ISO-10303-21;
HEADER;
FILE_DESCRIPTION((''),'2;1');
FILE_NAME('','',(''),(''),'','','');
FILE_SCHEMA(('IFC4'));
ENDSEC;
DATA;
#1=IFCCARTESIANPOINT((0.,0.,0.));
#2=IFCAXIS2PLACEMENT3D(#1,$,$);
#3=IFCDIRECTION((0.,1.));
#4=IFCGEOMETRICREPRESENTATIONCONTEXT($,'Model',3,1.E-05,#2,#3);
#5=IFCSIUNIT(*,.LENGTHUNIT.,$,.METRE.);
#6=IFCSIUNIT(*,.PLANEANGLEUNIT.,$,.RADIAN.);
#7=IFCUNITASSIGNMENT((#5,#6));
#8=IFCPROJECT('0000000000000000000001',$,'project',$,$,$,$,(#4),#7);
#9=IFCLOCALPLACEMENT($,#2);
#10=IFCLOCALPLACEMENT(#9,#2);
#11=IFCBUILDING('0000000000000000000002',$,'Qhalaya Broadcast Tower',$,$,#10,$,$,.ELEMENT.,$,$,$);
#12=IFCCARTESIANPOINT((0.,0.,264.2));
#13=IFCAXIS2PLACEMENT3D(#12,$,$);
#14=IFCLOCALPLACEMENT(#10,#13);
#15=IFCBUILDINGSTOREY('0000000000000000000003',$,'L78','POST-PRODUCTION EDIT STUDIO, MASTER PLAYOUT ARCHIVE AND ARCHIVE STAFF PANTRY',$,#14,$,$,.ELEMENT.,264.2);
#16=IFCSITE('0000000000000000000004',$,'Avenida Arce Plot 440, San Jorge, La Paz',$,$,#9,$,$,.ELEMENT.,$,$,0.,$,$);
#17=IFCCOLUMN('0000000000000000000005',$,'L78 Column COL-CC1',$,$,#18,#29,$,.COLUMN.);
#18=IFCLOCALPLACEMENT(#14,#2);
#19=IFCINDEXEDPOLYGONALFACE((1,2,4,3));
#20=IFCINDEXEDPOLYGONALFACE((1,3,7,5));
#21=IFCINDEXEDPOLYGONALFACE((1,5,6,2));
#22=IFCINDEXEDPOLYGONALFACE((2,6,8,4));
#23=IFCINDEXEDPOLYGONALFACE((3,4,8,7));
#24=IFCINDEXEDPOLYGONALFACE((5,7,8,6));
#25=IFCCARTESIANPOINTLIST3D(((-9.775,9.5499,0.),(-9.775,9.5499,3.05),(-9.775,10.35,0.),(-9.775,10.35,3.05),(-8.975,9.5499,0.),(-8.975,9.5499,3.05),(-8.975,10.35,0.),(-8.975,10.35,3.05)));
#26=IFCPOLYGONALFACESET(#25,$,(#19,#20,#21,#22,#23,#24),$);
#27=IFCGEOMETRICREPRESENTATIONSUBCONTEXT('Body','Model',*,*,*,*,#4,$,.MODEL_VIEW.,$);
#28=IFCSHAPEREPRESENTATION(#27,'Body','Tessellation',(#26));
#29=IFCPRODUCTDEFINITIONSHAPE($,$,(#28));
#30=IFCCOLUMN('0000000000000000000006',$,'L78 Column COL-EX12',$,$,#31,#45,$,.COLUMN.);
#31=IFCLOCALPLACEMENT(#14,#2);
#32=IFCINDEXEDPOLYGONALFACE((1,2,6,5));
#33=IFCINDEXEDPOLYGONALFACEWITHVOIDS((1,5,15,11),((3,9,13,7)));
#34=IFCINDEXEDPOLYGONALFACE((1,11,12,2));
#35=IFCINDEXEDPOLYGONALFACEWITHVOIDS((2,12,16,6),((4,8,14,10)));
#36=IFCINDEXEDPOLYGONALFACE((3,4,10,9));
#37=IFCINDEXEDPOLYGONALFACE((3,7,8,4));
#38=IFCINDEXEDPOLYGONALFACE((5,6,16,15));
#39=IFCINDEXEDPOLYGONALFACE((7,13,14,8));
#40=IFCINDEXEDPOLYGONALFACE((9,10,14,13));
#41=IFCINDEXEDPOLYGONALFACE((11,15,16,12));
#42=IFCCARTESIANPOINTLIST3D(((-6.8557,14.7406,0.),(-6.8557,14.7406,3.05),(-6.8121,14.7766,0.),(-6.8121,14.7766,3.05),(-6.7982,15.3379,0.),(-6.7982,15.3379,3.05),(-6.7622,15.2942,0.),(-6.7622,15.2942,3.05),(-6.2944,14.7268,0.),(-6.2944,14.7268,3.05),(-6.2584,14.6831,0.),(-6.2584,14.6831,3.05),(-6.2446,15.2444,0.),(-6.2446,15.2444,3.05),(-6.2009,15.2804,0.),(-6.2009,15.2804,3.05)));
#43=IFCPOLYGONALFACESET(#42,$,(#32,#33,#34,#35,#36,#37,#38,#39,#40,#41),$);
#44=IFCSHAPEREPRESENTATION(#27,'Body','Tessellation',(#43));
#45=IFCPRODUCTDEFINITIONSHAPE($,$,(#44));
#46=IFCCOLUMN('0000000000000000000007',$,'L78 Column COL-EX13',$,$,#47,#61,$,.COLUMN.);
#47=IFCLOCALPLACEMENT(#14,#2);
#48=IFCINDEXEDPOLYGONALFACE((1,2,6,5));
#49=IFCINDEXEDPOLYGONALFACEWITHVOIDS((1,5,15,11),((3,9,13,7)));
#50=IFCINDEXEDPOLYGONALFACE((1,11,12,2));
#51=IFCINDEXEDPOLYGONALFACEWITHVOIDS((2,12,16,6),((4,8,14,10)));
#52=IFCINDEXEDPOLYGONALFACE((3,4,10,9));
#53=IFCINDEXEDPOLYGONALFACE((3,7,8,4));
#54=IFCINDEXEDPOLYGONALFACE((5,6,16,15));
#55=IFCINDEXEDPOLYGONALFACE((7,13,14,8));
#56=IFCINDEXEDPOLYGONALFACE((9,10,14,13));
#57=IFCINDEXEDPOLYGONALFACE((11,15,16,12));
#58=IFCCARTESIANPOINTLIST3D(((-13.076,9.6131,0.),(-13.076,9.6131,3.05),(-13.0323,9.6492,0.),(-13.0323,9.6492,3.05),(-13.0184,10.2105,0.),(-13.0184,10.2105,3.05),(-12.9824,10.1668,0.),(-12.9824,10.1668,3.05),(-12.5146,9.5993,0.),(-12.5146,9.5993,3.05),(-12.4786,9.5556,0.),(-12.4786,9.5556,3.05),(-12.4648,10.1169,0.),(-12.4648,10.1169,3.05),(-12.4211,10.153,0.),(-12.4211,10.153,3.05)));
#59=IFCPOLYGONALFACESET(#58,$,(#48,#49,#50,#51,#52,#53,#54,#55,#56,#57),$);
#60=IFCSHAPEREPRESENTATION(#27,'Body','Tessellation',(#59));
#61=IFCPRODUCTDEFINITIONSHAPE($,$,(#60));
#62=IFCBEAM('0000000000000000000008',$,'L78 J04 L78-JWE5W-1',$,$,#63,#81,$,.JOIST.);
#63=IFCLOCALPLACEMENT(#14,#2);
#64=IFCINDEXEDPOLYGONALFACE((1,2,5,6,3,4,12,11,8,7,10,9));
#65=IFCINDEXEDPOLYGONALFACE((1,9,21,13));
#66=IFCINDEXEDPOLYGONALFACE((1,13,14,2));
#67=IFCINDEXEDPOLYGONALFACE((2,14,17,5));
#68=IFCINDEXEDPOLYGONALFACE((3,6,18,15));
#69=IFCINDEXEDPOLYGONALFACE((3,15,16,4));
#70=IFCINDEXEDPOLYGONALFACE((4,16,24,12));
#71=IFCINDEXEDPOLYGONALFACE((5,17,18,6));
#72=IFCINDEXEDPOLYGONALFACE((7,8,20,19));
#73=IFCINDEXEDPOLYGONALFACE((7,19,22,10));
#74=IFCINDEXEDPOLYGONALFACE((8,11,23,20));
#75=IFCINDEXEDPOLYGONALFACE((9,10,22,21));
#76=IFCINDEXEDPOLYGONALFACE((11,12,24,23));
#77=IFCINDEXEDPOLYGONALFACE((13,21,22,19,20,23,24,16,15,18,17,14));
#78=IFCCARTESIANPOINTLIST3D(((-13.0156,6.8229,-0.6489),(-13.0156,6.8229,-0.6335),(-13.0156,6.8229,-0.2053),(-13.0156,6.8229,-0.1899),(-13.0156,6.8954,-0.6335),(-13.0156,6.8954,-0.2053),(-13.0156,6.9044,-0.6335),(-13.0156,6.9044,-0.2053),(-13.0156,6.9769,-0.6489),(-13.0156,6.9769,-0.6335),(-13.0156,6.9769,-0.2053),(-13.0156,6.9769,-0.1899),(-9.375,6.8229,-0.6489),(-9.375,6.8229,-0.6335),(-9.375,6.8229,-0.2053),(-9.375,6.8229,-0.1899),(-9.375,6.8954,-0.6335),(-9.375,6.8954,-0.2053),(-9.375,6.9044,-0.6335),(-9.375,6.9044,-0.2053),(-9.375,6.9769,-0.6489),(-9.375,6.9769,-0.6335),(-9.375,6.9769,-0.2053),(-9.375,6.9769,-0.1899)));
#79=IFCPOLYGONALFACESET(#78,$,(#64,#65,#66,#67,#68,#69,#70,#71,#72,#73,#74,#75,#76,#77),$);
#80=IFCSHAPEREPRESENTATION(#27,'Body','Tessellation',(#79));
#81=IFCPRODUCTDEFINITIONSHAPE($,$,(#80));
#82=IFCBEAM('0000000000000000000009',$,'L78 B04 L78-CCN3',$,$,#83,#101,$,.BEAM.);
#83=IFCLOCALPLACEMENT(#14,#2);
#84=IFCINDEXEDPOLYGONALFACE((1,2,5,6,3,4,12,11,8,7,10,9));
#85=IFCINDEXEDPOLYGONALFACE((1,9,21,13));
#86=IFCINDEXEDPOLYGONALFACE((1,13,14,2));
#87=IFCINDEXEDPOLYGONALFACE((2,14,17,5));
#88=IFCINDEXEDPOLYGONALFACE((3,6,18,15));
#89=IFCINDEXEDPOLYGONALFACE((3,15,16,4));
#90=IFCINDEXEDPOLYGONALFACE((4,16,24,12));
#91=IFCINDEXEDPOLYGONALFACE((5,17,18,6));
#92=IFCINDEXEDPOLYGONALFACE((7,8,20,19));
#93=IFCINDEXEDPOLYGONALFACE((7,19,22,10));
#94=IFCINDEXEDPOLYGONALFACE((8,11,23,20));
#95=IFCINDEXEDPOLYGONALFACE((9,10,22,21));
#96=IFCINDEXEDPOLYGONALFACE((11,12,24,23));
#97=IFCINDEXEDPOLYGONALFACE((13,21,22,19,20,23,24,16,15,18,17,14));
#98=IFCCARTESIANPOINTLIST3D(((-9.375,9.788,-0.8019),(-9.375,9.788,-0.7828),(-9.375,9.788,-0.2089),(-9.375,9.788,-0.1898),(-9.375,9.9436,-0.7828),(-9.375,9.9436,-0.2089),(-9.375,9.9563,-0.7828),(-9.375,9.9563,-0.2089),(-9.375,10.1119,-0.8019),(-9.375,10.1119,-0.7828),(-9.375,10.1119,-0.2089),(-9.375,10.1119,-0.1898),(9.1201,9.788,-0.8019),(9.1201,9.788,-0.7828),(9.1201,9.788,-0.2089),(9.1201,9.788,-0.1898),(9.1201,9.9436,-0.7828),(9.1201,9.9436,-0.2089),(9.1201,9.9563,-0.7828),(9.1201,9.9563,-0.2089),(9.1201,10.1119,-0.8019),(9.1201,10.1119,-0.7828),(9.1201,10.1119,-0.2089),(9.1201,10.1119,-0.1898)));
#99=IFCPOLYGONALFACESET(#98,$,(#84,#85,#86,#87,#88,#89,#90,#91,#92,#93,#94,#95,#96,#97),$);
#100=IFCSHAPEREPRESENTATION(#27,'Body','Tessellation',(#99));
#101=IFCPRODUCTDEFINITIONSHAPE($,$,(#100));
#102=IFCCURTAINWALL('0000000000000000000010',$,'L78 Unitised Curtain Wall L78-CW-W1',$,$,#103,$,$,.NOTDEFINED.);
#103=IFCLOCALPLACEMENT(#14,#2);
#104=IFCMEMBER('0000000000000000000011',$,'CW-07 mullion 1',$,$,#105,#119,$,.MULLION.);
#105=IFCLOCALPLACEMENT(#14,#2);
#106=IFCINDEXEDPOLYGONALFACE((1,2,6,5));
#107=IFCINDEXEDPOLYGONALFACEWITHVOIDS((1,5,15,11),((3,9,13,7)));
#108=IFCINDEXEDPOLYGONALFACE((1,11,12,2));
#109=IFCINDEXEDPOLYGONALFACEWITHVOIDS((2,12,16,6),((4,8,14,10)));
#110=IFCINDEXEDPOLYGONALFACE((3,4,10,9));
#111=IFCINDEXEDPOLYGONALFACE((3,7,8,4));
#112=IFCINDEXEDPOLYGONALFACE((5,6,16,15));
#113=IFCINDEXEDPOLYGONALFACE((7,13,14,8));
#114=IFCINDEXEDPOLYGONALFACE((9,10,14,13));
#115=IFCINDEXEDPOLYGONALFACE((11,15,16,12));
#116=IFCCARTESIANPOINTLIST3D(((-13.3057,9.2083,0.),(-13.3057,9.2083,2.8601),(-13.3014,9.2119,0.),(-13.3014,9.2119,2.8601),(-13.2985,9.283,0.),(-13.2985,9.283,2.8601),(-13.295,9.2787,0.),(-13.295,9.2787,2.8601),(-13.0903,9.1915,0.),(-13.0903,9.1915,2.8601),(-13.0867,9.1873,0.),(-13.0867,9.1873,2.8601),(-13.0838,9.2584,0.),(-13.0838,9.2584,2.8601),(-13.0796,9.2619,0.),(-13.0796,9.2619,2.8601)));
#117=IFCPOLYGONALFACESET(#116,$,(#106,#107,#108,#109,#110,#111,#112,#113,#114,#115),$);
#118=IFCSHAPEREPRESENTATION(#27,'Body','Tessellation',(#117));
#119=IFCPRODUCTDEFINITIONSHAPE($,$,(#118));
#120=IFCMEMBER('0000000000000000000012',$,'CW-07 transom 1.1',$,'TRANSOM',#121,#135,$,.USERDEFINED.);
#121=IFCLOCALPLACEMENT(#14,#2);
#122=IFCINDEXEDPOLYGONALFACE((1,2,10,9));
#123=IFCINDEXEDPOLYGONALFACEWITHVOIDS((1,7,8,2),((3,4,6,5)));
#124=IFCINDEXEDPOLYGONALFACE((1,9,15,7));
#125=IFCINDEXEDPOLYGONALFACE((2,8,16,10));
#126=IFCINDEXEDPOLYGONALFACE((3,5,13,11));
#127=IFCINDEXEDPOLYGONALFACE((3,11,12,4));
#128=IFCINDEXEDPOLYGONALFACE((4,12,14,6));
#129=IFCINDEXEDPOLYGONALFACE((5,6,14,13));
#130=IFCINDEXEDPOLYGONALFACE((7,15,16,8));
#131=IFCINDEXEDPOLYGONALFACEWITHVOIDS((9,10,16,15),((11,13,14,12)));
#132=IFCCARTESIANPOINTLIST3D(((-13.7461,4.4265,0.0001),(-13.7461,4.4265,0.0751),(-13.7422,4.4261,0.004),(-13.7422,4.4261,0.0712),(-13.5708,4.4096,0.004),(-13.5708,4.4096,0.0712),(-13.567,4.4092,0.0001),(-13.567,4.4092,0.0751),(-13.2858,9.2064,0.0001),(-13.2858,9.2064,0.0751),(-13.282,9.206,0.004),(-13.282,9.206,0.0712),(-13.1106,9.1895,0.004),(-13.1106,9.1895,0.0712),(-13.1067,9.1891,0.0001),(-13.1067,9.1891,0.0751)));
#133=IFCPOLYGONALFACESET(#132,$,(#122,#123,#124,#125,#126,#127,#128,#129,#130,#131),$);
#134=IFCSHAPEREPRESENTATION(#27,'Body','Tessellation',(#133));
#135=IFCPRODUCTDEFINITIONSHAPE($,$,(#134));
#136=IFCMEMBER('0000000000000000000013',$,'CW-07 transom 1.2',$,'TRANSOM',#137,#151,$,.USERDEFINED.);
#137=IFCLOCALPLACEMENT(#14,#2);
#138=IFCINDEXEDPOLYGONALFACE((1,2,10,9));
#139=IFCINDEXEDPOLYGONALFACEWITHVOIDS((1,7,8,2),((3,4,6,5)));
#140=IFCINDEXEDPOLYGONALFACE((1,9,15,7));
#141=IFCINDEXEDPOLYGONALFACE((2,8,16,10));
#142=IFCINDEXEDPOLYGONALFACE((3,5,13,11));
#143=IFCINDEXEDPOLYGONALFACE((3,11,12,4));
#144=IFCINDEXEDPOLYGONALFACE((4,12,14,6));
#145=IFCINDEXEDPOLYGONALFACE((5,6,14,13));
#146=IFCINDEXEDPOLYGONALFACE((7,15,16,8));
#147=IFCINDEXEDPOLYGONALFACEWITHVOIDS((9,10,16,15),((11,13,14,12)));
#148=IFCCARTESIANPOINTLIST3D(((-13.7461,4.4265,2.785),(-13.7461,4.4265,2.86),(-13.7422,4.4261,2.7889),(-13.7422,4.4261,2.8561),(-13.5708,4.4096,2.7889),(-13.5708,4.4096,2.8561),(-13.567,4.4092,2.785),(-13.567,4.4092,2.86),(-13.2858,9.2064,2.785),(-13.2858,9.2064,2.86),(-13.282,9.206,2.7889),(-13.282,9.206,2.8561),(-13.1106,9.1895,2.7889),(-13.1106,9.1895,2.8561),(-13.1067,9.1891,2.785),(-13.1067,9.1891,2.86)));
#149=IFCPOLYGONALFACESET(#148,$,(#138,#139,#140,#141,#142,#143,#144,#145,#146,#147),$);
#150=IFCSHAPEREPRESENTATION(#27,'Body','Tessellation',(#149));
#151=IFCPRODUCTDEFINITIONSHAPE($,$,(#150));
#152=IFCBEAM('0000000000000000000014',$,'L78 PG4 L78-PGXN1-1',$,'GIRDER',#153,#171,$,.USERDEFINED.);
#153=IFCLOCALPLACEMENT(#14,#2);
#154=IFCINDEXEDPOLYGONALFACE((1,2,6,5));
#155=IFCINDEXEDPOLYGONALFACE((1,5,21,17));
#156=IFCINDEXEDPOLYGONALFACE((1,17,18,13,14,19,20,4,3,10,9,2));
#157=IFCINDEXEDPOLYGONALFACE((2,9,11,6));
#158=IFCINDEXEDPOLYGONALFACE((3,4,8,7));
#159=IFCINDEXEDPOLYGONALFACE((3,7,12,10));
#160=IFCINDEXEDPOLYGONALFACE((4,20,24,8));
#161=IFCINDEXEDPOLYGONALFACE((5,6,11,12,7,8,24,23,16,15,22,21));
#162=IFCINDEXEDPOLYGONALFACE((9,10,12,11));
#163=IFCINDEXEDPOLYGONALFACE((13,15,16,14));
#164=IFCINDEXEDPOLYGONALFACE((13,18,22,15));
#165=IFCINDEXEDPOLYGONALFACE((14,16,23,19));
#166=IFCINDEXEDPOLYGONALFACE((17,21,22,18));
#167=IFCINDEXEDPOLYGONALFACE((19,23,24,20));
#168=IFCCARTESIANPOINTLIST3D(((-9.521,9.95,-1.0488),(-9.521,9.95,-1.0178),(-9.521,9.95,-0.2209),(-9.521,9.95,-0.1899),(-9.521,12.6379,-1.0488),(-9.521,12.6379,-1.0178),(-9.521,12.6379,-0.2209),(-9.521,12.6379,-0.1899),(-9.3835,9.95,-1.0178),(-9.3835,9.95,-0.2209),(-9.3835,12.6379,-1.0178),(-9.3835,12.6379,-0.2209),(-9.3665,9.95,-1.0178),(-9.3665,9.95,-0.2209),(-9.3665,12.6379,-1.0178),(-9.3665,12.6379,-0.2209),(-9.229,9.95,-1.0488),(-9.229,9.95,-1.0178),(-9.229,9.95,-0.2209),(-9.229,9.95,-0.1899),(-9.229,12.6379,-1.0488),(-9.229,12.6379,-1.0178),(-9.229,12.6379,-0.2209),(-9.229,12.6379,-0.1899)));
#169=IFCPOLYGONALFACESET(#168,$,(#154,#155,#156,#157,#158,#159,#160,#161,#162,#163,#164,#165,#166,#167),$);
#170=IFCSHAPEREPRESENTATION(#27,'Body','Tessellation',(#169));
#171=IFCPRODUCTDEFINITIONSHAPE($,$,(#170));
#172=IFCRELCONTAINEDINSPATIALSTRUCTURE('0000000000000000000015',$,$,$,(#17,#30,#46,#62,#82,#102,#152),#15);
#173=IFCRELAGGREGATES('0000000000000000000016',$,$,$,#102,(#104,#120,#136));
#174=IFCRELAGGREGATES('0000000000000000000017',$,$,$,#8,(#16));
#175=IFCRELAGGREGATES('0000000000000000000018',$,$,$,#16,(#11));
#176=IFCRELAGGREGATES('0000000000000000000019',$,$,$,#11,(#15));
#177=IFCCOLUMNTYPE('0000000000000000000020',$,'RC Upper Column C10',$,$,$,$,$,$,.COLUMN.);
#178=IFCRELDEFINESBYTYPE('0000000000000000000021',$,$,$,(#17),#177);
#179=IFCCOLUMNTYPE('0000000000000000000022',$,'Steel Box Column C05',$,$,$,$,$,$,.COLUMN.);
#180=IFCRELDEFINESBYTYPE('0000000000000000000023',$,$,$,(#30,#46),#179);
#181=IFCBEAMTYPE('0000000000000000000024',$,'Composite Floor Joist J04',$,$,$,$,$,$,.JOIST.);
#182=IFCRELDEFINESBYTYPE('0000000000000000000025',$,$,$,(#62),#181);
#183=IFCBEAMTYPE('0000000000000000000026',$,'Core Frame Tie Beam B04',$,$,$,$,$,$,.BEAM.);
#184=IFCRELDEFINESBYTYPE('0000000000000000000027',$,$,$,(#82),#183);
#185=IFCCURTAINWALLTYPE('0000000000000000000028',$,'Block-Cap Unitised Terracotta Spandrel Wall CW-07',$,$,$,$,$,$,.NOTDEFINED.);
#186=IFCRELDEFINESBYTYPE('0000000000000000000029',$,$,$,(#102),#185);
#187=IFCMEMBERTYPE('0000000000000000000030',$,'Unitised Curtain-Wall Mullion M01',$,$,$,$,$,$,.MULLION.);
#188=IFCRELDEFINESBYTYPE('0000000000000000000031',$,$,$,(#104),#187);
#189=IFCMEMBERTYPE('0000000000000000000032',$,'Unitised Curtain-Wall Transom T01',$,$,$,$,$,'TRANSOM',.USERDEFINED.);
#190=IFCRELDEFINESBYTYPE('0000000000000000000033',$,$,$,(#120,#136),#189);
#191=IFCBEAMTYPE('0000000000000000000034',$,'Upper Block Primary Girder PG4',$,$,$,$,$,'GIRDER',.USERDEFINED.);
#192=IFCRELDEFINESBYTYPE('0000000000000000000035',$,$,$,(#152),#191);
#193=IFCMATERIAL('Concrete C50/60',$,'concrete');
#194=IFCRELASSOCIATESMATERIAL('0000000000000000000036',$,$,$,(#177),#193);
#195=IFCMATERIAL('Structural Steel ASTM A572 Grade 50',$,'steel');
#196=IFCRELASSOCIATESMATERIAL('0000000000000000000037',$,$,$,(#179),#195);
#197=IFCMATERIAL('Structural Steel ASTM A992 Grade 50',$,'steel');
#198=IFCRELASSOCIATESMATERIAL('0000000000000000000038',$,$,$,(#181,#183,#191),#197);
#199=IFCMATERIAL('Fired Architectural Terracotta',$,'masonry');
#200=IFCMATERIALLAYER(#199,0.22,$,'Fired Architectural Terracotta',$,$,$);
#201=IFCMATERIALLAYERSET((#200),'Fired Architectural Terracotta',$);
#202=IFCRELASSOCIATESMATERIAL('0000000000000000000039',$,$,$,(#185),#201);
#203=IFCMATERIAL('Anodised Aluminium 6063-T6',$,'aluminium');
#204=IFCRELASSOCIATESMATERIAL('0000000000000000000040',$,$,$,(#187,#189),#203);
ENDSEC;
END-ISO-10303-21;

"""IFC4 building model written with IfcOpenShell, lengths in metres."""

from ifc_helpers import new_model, si_unit, direction, frame, origin, origin_2d, place, context, subcontext, project, spatial, rectangle, hollow_rectangle, i_section, extrude, material, layer, layer_set, material_profile, profile_set, type_object, element, aggregate, save


model = new_model("IFC4")

# Units and contexts
model_context = context("Model", 3, precision=1e-05, world=origin(), true_north=direction((0.0, 1.0)))
body_context = subcontext(model_context, "Body", "Model", "MODEL_VIEW")
ifc_project = project(units=[si_unit("LENGTHUNIT", "METRE"), si_unit("PLANEANGLEUNIT", "RADIAN")], contexts=[model_context])

# Site, building, storey
site_placement = place(None, origin())
site = spatial("IfcSite", under=ifc_project, at=site_placement, Name="Avenida Arce Plot 440, San Jorge, La Paz", CompositionType="ELEMENT", RefElevation=0.0)
building_placement = place(site_placement, origin())
building = spatial("IfcBuilding", under=site, at=building_placement, Name="Qhalaya Broadcast Tower", CompositionType="ELEMENT")
storey_placement = place(building_placement, frame((0.0, 0.0, 264.2)))
storey = spatial("IfcBuildingStorey", under=building, at=storey_placement, Name="L78", Description="POST-PRODUCTION EDIT STUDIO, MASTER PLAYOUT ARCHIVE AND ARCHIVE STAFF PANTRY", CompositionType="ELEMENT", Elevation=264.2)

# Columns
ifc_material_1 = material(Name="Concrete C50/60", Category="concrete")
ifc_material_profile_1 = material_profile(ifc_material_1, rectangle(XDim=0.8, YDim=0.8, at=origin_2d()), Name="RC-COL 800x800")
ifc_profile_set_1 = profile_set([ifc_material_profile_1], Name="Concrete C50/60")
column_type_1 = type_object("IfcColumnType", Name="RC Upper Column C10", PredefinedType="COLUMN", material=ifc_profile_set_1)
column_placement = place(storey_placement, frame((-9.375, 9.95, 0.0), z_axis=(0.0, 0.0, 1.0), x_axis=(1.0, 0.0, 0.0)))
element("IfcColumn", 1, at=column_placement, inside=storey, type_object=column_type_1, Name="L78 Column COL-CC1", PredefinedType="COLUMN", context=body_context, shape_type="SweptSolid", body=[
    extrude(rectangle(XDim=0.8, YDim=0.8, at=origin_2d()), origin(), (0.0, 0.0, 1.0), 3.05),
])
ifc_material_2 = material(Name="Structural Steel ASTM A572 Grade 50", Category="steel")
ifc_material_profile_2 = material_profile(ifc_material_2, hollow_rectangle(XDim=0.6001, YDim=0.6001, WallThickness=0.04, at=origin_2d()), Name="BOX 600x600x40")
ifc_profile_set_2 = profile_set([ifc_material_profile_2], Name="Structural Steel ASTM A572 Grade 50")
column_type_2 = type_object("IfcColumnType", Name="Steel Box Column C05", PredefinedType="COLUMN", material=ifc_profile_set_2)
for number, where, z_axis, x_axis, name in (
    (2, (-6.5283, 15.0105, 0.0), (0.0, 0.0, 1.0), (0.995396, -0.095846, 0.0), "L78 Column COL-EX12"),
    (3, (-12.7485, 9.8831, 0.0), (0.0, 0.0, 1.0), (0.095846, 0.995396, 0.0), "L78 Column COL-EX13"),
):
    element("IfcColumn", number, at=place(storey_placement, frame(where, z_axis=z_axis, x_axis=x_axis)), inside=storey, type_object=column_type_2, Name=name, PredefinedType="COLUMN", context=body_context, shape_type="SweptSolid", body=[
        extrude(hollow_rectangle(XDim=0.6001, YDim=0.6001, WallThickness=0.04, at=origin_2d()), origin(), (0.0, 0.0, 1.0), 3.05),
    ])

# Beams
ifc_material_3 = material(Name="Structural Steel ASTM A992 Grade 50", Category="steel")
ifc_material_profile_3 = material_profile(ifc_material_3, i_section(OverallWidth=0.1541, OverallDepth=0.459, WebThickness=0.009, FlangeThickness=0.0154, at=origin_2d()), Name="W18X46")
ifc_profile_set_3 = profile_set([ifc_material_profile_3], Name="Structural Steel ASTM A992 Grade 50")
beam_type_1 = type_object("IfcBeamType", Name="Composite Floor Joist J04", PredefinedType="JOIST", material=ifc_profile_set_3)
beam_1_placement = place(storey_placement, frame((-13.0156, 6.8999, -0.4194), z_axis=(1.0, 0.0, 0.0), x_axis=(0.0, 1.0, 0.0)))
element("IfcBeam", 4, at=beam_1_placement, inside=storey, type_object=beam_type_1, Name="L78 J04 L78-JWE5W-1", PredefinedType="JOIST", context=body_context, shape_type="SweptSolid", body=[
    extrude(i_section(OverallWidth=0.1541, OverallDepth=0.459, WebThickness=0.009, FlangeThickness=0.0154, at=origin_2d()), origin(), (0.0, 0.0, 1.0), 3.6406),
])
ifc_material_profile_4 = material_profile(ifc_material_3, i_section(OverallWidth=0.324, OverallDepth=0.6121, WebThickness=0.0127, FlangeThickness=0.019, at=origin_2d()), Name="W24X104")
ifc_profile_set_4 = profile_set([ifc_material_profile_4], Name="Structural Steel ASTM A992 Grade 50")
beam_type_2 = type_object("IfcBeamType", Name="Core Frame Tie Beam B04", PredefinedType="BEAM", material=ifc_profile_set_4)
beam_2_placement = place(storey_placement, frame((-9.375, 9.95, -0.4958), z_axis=(1.0, 0.0, 0.0), x_axis=(0.0, 1.0, 0.0)))
element("IfcBeam", 5, at=beam_2_placement, inside=storey, type_object=beam_type_2, Name="L78 B04 L78-CCN3", PredefinedType="BEAM", context=body_context, shape_type="SweptSolid", body=[
    extrude(i_section(OverallWidth=0.324, OverallDepth=0.6121, WebThickness=0.0127, FlangeThickness=0.019, at=origin_2d()), origin(), (0.0, 0.0, 1.0), 18.4951),
])

# Curtain wall, members
ifc_material_4 = material(Name="Fired Architectural Terracotta", Category="masonry")
ifc_layer_1 = layer(ifc_material_4, 0.22, Name="Fired Architectural Terracotta")
ifc_layer_set_1 = layer_set([ifc_layer_1], Name="Fired Architectural Terracotta")
curtain_wall_type = type_object("IfcCurtainWallType", Name="Block-Cap Unitised Terracotta Spandrel Wall CW-07", PredefinedType="NOTDEFINED", material=ifc_layer_set_1)
curtain_wall_placement = place(storey_placement, origin())
curtain_wall = element("IfcCurtainWall", 6, at=curtain_wall_placement, inside=storey, type_object=curtain_wall_type, Name="L78 Unitised Curtain Wall L78-CW-W1", PredefinedType="NOTDEFINED")
ifc_material_5 = material(Name="Anodised Aluminium 6063-T6", Category="aluminium")
ifc_material_profile_5 = material_profile(ifc_material_5, hollow_rectangle(XDim=0.075, YDim=0.22, WallThickness=0.0039, at=origin_2d()), Name="ALU-MUL 75x220x4")
ifc_profile_set_5 = profile_set([ifc_material_profile_5], Name="Anodised Aluminium 6063-T6")
member_type_1 = type_object("IfcMemberType", Name="Unitised Curtain-Wall Mullion M01", PredefinedType="MULLION", material=ifc_profile_set_5)
member_1_placement = place(storey_placement, frame((-13.1926, 9.2351, 0.0), z_axis=(0.0, 0.0, 1.0), x_axis=(-0.09584, -0.995397, 0.0)))
member_1 = element("IfcMember", 7, at=member_1_placement, type_object=member_type_1, Name="CW-07 mullion 1", PredefinedType="MULLION", context=body_context, shape_type="SweptSolid", body=[
    extrude(hollow_rectangle(XDim=0.075, YDim=0.22, WallThickness=0.0039, at=origin_2d()), origin(), (0.0, 0.0, 1.0), 2.8601),
])
ifc_material_profile_6 = material_profile(ifc_material_5, hollow_rectangle(XDim=0.075, YDim=0.1799, WallThickness=0.0039, at=origin_2d()), Name="ALU-TRN 75x180x4")
ifc_profile_set_6 = profile_set([ifc_material_profile_6], Name="Anodised Aluminium 6063-T6")
member_type_2 = type_object("IfcMemberType", Name="Unitised Curtain-Wall Transom T01", ElementType="TRANSOM", PredefinedType="USERDEFINED", material=ifc_profile_set_6)
member_2_placement = place(storey_placement, frame((-13.1963, 9.1978, 0.0376), z_axis=(-0.095838, -0.995397, 0.0), x_axis=(0.0, 0.0, 1.0)))
member_2 = element("IfcMember", 8, at=member_2_placement, type_object=member_type_2, Name="CW-07 transom 1.1", ObjectType="TRANSOM", PredefinedType="USERDEFINED", context=body_context, shape_type="SweptSolid", body=[
    extrude(hollow_rectangle(XDim=0.075, YDim=0.1799, WallThickness=0.0039, at=origin_2d()), origin(), (0.0, 0.0, 1.0), 4.802),
])
member_3_placement = place(storey_placement, frame((-13.1963, 9.1978, 2.8225), z_axis=(-0.095838, -0.995397, 0.0), x_axis=(0.0, 0.0, 1.0)))
member_3 = element("IfcMember", 9, at=member_3_placement, type_object=member_type_2, Name="CW-07 transom 1.2", ObjectType="TRANSOM", PredefinedType="USERDEFINED", context=body_context, shape_type="SweptSolid", body=[
    extrude(hollow_rectangle(XDim=0.075, YDim=0.1799, WallThickness=0.0039, at=origin_2d()), origin(), (0.0, 0.0, 1.0), 4.802),
])
aggregate(curtain_wall, [member_1, member_2, member_3])

# Beam
ifc_material_profile_7 = material_profile(ifc_material_3, i_section(OverallWidth=0.292, OverallDepth=0.8589, WebThickness=0.0171, FlangeThickness=0.031, at=origin_2d()), Name="W33X169")
ifc_profile_set_7 = profile_set([ifc_material_profile_7], Name="Structural Steel ASTM A992 Grade 50")
beam_type_3 = type_object("IfcBeamType", Name="Upper Block Primary Girder PG4", ElementType="GIRDER", PredefinedType="USERDEFINED", material=ifc_profile_set_7)
beam_3_placement = place(storey_placement, frame((-9.375, 9.95, -0.6194), z_axis=(0.0, 1.0, 0.0), x_axis=(-1.0, 0.0, 0.0)))
element("IfcBeam", 10, at=beam_3_placement, inside=storey, type_object=beam_type_3, Name="L78 PG4 L78-PGXN1-1", ObjectType="GIRDER", PredefinedType="USERDEFINED", context=body_context, shape_type="SweptSolid", body=[
    extrude(i_section(OverallWidth=0.292, OverallDepth=0.8589, WebThickness=0.0171, FlangeThickness=0.031, at=origin_2d()), origin(), (0.0, 0.0, 1.0), 2.688),
])

save(model, "model.ifc")
